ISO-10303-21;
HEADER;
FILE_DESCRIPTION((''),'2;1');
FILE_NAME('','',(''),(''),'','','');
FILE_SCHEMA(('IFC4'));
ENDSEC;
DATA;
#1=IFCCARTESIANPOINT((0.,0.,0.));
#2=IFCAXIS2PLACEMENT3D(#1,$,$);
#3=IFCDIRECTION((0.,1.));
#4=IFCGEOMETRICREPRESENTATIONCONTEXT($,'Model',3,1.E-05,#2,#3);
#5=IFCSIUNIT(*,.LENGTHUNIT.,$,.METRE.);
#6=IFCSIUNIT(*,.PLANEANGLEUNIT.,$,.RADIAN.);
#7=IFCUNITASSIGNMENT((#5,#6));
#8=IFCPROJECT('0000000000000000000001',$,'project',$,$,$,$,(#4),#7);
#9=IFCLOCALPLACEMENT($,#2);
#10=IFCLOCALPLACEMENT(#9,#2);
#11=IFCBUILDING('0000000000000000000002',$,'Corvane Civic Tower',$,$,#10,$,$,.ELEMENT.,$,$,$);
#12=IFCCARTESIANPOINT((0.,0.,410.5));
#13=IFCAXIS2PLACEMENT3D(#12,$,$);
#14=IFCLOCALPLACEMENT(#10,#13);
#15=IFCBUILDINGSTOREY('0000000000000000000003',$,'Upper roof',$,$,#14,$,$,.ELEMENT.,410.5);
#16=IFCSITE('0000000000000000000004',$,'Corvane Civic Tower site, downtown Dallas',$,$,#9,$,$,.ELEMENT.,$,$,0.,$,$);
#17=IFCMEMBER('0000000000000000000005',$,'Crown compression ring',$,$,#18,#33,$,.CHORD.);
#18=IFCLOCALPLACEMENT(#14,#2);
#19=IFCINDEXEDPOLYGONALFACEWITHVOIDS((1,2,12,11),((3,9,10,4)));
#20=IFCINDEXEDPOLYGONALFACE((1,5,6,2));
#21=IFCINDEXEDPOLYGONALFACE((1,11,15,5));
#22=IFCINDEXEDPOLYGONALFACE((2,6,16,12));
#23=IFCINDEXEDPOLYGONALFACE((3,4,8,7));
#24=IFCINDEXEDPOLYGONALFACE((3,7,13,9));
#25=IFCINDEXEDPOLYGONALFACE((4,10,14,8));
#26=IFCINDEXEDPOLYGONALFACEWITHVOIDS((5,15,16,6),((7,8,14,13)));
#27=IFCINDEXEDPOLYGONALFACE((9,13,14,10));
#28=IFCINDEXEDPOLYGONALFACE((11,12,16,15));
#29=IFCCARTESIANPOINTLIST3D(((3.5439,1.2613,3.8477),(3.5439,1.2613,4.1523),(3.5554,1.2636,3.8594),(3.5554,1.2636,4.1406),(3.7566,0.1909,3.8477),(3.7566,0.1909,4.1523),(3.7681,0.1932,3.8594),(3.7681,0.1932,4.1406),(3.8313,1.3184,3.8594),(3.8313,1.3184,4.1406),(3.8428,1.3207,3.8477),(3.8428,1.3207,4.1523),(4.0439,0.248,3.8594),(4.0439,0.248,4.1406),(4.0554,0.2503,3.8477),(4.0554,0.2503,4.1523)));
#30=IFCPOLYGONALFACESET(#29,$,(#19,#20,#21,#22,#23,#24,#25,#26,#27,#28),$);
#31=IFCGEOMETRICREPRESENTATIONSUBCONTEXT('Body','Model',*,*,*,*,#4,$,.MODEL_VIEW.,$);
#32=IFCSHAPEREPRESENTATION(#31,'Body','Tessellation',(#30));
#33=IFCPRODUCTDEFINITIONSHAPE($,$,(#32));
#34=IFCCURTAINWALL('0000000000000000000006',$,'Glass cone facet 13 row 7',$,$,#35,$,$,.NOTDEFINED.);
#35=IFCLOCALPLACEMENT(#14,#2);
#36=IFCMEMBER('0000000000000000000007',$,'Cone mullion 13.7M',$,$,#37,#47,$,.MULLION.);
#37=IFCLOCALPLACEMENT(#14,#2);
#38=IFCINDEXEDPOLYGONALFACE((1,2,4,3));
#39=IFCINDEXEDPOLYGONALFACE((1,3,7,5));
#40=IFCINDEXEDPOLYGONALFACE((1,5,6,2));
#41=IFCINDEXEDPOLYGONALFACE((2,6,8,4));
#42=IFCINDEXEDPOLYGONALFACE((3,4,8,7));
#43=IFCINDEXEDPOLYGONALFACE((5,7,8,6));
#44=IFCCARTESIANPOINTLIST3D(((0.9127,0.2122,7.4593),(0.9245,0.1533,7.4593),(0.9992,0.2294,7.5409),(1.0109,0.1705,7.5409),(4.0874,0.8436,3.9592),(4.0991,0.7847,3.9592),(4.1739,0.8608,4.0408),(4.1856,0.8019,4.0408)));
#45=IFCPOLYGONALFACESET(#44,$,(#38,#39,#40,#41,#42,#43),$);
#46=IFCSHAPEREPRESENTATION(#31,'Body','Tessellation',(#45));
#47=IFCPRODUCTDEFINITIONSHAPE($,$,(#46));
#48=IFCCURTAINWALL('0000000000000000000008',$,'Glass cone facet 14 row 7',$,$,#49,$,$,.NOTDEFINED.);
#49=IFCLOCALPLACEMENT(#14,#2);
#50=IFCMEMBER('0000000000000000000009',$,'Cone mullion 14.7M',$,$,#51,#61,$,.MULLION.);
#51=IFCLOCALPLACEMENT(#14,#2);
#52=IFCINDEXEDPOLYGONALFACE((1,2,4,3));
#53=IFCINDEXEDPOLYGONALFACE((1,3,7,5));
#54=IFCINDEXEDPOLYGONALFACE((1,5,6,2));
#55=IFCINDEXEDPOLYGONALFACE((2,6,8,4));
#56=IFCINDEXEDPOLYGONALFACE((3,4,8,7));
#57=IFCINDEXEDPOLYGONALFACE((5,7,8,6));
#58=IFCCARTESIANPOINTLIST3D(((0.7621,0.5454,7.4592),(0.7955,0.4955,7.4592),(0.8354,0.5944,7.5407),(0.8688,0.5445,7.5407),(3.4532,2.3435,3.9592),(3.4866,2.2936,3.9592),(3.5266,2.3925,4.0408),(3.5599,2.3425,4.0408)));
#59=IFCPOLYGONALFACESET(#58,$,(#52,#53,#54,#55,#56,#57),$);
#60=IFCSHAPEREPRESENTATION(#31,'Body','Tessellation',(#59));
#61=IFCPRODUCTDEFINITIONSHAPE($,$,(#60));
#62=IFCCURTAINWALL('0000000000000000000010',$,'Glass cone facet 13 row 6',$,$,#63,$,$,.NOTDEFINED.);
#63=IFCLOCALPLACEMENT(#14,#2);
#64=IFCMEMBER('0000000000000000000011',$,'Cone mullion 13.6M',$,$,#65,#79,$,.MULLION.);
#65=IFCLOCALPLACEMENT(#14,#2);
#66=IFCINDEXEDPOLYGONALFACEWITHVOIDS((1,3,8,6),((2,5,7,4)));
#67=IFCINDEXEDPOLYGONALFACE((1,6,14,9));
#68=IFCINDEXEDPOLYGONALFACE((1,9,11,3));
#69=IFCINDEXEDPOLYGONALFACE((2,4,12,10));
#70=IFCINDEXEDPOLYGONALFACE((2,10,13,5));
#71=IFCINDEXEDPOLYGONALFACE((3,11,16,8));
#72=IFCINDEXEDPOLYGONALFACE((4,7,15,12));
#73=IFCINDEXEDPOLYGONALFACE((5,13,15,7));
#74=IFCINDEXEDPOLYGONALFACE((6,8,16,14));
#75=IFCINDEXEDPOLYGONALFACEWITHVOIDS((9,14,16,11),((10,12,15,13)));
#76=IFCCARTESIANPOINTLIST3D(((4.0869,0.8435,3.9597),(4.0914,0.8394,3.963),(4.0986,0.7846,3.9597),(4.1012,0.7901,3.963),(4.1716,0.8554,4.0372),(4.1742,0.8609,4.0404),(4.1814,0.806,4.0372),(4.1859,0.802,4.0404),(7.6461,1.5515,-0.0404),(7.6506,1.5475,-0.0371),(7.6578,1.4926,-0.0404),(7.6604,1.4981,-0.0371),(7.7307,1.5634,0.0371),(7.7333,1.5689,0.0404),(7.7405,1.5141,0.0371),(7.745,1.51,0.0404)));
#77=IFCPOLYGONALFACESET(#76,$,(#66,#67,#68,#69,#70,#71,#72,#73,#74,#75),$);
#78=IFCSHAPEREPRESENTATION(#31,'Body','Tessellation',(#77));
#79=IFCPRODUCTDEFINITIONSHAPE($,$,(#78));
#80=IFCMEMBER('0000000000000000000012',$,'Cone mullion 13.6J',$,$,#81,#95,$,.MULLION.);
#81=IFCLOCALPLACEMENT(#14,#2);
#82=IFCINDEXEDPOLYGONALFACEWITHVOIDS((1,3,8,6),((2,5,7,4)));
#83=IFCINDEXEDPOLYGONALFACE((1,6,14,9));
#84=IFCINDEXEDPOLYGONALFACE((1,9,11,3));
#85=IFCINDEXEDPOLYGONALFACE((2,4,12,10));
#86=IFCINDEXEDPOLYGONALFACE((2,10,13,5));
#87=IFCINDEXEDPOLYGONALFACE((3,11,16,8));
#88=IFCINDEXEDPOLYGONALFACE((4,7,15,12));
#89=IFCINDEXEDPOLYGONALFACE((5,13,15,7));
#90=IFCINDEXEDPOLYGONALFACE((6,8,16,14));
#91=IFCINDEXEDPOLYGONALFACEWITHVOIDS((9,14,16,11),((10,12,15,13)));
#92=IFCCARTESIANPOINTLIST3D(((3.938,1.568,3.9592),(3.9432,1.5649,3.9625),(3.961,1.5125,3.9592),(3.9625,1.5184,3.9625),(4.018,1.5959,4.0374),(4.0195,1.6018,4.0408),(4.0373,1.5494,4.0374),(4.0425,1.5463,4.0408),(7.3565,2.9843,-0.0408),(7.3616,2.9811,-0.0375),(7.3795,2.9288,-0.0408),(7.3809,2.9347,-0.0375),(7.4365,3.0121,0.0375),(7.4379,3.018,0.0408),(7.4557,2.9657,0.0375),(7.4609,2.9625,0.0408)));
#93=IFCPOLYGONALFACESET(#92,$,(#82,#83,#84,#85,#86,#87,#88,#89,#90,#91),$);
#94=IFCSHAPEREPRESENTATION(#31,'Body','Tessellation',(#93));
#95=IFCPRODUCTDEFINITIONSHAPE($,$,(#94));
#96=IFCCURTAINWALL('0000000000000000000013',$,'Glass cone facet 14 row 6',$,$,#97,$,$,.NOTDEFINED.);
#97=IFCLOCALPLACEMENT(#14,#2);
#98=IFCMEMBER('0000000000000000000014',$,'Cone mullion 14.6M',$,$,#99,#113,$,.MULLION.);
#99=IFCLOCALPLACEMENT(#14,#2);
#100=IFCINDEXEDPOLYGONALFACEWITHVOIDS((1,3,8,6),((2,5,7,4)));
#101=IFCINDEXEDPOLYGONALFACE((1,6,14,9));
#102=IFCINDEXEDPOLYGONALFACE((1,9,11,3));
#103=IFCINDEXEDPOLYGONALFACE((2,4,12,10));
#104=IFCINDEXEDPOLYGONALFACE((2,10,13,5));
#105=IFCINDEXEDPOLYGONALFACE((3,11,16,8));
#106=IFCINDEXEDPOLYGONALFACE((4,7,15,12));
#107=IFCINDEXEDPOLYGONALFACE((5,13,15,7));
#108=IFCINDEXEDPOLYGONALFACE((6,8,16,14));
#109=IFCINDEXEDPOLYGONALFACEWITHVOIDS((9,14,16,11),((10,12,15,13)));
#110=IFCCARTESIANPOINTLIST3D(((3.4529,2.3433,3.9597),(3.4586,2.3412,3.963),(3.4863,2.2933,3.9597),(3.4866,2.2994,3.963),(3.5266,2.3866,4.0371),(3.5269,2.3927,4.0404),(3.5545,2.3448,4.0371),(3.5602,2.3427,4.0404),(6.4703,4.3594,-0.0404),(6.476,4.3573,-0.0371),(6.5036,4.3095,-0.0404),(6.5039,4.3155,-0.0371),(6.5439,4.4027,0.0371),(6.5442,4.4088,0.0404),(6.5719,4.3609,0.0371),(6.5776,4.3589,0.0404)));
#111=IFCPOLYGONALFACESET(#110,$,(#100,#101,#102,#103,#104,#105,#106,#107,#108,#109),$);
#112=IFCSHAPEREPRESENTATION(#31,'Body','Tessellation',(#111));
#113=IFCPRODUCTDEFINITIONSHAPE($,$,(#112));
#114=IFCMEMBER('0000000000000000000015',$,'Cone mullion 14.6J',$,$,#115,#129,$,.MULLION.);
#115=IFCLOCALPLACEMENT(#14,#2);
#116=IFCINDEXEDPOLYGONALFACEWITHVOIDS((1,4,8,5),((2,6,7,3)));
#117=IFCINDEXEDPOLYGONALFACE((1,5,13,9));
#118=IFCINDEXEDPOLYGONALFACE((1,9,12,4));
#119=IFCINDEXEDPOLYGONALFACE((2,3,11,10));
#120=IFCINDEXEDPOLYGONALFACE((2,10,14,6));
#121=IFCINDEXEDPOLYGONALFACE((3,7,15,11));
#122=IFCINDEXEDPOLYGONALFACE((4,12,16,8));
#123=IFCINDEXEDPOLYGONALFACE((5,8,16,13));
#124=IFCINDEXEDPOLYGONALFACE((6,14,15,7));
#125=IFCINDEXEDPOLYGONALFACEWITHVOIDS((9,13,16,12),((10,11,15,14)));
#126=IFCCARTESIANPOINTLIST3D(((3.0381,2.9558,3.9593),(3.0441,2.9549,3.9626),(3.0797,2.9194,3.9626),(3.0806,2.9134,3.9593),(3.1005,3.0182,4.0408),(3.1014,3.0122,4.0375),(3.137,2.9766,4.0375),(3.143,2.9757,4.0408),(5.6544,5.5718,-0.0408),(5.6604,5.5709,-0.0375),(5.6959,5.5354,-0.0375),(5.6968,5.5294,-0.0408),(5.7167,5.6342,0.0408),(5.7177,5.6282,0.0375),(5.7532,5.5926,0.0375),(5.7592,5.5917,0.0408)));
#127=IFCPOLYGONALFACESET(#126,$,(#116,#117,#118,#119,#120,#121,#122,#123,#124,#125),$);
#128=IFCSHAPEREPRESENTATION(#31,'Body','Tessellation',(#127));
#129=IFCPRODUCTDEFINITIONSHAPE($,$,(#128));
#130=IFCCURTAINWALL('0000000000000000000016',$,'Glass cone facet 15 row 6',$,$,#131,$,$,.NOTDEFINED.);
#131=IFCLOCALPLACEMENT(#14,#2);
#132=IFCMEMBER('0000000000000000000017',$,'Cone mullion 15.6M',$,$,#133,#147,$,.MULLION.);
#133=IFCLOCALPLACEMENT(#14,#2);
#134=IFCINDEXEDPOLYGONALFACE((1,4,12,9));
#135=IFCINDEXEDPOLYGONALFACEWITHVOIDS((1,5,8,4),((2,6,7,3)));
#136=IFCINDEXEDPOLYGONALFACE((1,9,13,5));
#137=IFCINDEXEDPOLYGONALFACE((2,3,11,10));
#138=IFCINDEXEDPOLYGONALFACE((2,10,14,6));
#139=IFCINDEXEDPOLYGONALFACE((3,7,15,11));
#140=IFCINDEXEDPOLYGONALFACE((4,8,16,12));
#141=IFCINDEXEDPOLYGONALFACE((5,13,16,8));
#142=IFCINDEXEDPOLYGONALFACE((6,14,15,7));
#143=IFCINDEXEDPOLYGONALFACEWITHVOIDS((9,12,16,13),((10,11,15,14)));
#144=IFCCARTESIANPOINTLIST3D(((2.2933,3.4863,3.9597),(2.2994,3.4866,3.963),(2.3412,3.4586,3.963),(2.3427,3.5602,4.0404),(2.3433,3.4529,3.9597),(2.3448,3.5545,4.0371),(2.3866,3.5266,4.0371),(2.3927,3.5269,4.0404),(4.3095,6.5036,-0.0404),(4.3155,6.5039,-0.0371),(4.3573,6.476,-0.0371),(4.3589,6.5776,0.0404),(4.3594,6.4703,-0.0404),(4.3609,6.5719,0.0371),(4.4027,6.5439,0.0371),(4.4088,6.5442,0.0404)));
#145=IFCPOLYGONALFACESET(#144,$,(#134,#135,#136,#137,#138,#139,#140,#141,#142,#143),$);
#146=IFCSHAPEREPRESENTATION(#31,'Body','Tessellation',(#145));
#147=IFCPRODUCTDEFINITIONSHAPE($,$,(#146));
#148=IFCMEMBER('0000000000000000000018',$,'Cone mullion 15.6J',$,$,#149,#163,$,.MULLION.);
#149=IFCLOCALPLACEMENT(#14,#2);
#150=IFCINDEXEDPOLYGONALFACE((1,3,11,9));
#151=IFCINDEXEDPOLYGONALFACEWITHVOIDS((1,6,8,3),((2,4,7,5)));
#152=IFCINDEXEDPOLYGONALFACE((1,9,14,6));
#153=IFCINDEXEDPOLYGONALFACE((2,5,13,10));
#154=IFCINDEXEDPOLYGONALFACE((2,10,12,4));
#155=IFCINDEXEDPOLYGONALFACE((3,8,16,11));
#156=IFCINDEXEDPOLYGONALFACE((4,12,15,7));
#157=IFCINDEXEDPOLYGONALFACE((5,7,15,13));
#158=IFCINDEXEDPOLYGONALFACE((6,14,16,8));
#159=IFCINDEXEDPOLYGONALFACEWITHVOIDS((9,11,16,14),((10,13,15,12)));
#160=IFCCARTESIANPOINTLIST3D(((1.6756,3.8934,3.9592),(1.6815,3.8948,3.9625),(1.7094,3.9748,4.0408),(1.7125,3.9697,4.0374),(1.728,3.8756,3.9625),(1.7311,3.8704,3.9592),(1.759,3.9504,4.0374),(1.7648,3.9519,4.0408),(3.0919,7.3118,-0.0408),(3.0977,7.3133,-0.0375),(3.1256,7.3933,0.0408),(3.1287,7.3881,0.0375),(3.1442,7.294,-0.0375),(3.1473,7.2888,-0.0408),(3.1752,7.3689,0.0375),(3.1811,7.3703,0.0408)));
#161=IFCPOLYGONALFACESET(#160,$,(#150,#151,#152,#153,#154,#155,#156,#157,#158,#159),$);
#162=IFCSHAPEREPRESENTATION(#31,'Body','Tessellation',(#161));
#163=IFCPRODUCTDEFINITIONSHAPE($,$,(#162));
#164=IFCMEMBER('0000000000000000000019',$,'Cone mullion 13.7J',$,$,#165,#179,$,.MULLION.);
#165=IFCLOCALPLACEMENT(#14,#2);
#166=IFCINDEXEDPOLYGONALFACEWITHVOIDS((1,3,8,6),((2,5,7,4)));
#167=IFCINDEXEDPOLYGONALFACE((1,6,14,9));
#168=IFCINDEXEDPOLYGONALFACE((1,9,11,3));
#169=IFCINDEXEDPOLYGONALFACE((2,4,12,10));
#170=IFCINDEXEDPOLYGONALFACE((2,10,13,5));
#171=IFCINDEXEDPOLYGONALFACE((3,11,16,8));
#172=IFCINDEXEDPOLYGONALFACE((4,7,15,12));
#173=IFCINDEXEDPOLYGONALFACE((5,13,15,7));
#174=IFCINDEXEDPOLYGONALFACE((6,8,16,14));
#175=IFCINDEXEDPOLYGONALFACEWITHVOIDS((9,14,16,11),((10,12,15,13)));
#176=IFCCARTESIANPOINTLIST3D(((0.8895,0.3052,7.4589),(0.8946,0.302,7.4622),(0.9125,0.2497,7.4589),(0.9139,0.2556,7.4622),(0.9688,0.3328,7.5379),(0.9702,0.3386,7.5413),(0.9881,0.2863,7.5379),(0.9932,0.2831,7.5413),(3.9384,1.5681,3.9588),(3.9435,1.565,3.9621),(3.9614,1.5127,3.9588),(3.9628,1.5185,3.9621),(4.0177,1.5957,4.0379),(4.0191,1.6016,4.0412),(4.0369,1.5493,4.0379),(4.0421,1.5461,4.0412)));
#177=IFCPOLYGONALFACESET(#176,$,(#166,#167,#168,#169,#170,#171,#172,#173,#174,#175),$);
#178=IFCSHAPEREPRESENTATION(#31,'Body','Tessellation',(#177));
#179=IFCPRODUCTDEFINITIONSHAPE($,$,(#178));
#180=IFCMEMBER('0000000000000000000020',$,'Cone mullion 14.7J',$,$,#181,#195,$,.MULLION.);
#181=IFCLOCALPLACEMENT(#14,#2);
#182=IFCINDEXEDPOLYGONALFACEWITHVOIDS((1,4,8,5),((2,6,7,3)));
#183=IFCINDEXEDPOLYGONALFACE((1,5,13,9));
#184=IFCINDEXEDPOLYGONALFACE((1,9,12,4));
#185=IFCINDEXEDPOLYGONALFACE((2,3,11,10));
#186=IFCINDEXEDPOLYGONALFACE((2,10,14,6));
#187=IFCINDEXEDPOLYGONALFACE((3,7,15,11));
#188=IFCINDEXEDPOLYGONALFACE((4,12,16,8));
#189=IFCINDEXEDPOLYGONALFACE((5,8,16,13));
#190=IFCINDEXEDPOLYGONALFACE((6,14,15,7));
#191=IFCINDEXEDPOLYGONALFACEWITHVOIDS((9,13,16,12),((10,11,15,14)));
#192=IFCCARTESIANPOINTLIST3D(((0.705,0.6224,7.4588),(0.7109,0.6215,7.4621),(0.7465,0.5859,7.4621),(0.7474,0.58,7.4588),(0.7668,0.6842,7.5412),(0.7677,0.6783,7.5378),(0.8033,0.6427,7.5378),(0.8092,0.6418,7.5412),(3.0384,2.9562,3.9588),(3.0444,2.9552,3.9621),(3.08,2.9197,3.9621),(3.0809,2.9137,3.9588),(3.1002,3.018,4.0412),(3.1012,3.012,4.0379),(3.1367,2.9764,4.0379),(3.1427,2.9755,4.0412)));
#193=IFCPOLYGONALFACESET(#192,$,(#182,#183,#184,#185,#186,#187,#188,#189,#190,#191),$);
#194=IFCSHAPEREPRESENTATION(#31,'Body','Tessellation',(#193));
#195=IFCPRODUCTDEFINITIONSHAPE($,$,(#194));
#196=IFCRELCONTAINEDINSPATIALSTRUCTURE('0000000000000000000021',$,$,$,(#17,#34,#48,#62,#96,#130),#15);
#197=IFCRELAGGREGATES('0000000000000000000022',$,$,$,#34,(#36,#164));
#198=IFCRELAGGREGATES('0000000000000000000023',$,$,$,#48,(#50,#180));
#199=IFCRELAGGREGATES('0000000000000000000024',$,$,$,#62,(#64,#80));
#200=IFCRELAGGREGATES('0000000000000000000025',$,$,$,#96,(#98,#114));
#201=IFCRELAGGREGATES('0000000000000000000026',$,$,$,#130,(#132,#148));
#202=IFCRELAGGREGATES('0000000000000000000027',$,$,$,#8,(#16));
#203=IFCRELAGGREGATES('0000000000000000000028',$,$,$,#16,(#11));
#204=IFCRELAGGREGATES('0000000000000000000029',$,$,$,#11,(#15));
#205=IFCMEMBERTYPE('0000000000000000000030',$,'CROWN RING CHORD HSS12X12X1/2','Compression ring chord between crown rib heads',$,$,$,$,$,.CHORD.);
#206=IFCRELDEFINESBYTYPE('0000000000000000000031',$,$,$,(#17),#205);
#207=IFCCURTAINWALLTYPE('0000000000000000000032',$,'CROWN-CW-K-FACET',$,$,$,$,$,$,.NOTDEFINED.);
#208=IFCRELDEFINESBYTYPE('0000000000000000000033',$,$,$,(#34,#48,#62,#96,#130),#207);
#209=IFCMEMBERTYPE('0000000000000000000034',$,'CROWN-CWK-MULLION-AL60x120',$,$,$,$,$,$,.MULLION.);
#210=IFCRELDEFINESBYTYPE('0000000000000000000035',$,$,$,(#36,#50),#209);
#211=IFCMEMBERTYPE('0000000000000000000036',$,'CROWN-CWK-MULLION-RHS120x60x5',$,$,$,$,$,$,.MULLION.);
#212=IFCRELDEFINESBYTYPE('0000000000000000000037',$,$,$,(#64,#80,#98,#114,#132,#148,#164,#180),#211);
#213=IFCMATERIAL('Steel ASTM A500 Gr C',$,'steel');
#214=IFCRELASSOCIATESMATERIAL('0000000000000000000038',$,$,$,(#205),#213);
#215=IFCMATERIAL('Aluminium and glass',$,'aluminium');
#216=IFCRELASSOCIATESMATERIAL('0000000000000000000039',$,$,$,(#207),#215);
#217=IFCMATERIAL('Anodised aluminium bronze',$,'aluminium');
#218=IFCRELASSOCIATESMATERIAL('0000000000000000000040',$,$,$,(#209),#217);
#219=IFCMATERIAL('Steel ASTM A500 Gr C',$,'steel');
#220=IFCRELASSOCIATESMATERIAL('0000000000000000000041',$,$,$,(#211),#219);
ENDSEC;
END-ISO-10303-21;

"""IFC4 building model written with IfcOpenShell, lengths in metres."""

from ifc_helpers import new_model, si_unit, direction, frame, origin, origin_2d, place, context, subcontext, project, spatial, rectangle, hollow_rectangle, extrude, material, material_profile, profile_set, type_object, element, aggregate, save


model = new_model("IFC4")

# Units and contexts
model_context = context("Model", 3, precision=1e-05, world=origin(), true_north=direction((0.0, 1.0)))
body_context = subcontext(model_context, "Body", "Model", "MODEL_VIEW")
ifc_project = project(units=[si_unit("LENGTHUNIT", "METRE"), si_unit("PLANEANGLEUNIT", "RADIAN")], contexts=[model_context])

# Site, building, storey
site_placement = place(None, origin())
site = spatial("IfcSite", under=ifc_project, at=site_placement, Name="Corvane Civic Tower site, downtown Dallas", CompositionType="ELEMENT", RefElevation=0.0)
building_placement = place(site_placement, origin())
building = spatial("IfcBuilding", under=site, at=building_placement, Name="Corvane Civic Tower", CompositionType="ELEMENT")
storey_placement = place(building_placement, frame((0.0, 0.0, 410.5)))
storey = spatial("IfcBuildingStorey", under=building, at=storey_placement, Name="Upper roof", CompositionType="ELEMENT", Elevation=410.5)

# Member
ifc_material_1 = material(Name="Steel ASTM A500 Gr C", Category="steel")
ifc_material_profile_1 = material_profile(ifc_material_1, hollow_rectangle(XDim=0.3047, YDim=0.3047, WallThickness=0.0117, at=origin_2d()), Name="HSS12X12X1/2")
ifc_profile_set_1 = profile_set([ifc_material_profile_1], Name="Steel ASTM A500 Gr C")
member_type_1 = type_object("IfcMemberType", Name="CROWN RING CHORD HSS12X12X1/2", Description="Compression ring chord between crown rib heads", PredefinedType="CHORD", material=ifc_profile_set_1)
member_1_placement = place(storey_placement, frame((3.6934, 1.291, 4.0), z_axis=(0.194868, -0.980829, 0.0), x_axis=(0.980829, 0.194868, 0.0)))
element("IfcMember", 1, at=member_1_placement, inside=storey, type_object=member_type_1, Name="Crown compression ring", PredefinedType="CHORD", context=body_context, shape_type="SweptSolid", body=[
    extrude(hollow_rectangle(XDim=0.3047, YDim=0.3047, WallThickness=0.0117, at=origin_2d()), origin(), (0.0, 0.0, 1.0), 1.0913),
])

# Curtain walls, members
ifc_material_2 = material(Name="Aluminium and glass", Category="aluminium")
curtain_wall_type = type_object("IfcCurtainWallType", Name="CROWN-CW-K-FACET", PredefinedType="NOTDEFINED", material=ifc_material_2)
curtain_wall_1_placement = place(storey_placement, origin())
curtain_wall_1 = element("IfcCurtainWall", 2, at=curtain_wall_1_placement, inside=storey, type_object=curtain_wall_type, Name="Glass cone facet 13 row 7", PredefinedType="NOTDEFINED")
ifc_material_3 = material(Name="Anodised aluminium bronze", Category="aluminium")
ifc_material_profile_2 = material_profile(ifc_material_3, rectangle(XDim=0.0601, YDim=0.1201, at=origin_2d()), Name="AL 60x120")
ifc_profile_set_2 = profile_set([ifc_material_profile_2], Name="Anodised aluminium bronze")
member_type_2 = type_object("IfcMemberType", Name="CROWN-CWK-MULLION-AL60x120", PredefinedType="MULLION", material=ifc_profile_set_2)
member_2_placement = place(storey_placement, frame((4.1365, 0.8228, 4.0), z_axis=(-0.665914, -0.132435, 0.73418), x_axis=(0.195057, -0.980792, 0.0)))
member_2 = element("IfcMember", 3, at=member_2_placement, type_object=member_type_2, Name="Cone mullion 13.7M", PredefinedType="MULLION", context=body_context, shape_type="SweptSolid", body=[
    extrude(rectangle(XDim=0.0601, YDim=0.1201, at=origin_2d()), origin(), (0.0, 0.0, 1.0), 4.7673),
])
curtain_wall_2_placement = place(storey_placement, origin())
curtain_wall_2 = element("IfcCurtainWall", 4, at=curtain_wall_2_placement, inside=storey, type_object=curtain_wall_type, Name="Glass cone facet 14 row 7", PredefinedType="NOTDEFINED")
member_3_placement = place(storey_placement, frame((3.5066, 2.343, 4.0), z_axis=(-0.564525, -0.377186, 0.734195), x_axis=(0.555553, -0.831481, 0.0)))
member_3 = element("IfcMember", 5, at=member_3_placement, type_object=member_type_2, Name="Cone mullion 14.7M", PredefinedType="MULLION", context=body_context, shape_type="SweptSolid", body=[
    extrude(rectangle(XDim=0.0601, YDim=0.1201, at=origin_2d()), origin(), (0.0, 0.0, 1.0), 4.7671),
])

# Curtain walls, members
curtain_wall_3_placement = place(storey_placement, origin())
curtain_wall_3 = element("IfcCurtainWall", 6, at=curtain_wall_3_placement, inside=storey, type_object=curtain_wall_type, Name="Glass cone facet 13 row 6", PredefinedType="NOTDEFINED")
ifc_material_4 = material(Name="Steel ASTM A500 Gr C", Category="steel")
ifc_material_profile_3 = material_profile(ifc_material_4, hollow_rectangle(XDim=0.0601, YDim=0.1201, WallThickness=0.0049, at=origin_2d()), Name="RHS 120x60x5")
ifc_profile_set_3 = profile_set([ifc_material_profile_3], Name="Steel ASTM A500 Gr C")
member_type_3 = type_object("IfcMemberType", Name="CROWN-CWK-MULLION-RHS120x60x5", PredefinedType="MULLION", material=ifc_profile_set_3)
member_4_placement = place(storey_placement, frame((7.6956, 1.5308, 0.0), z_axis=(-0.658995, -0.131094, 0.740635), x_axis=(0.195107, -0.980782, 0.0)))
member_4 = element("IfcMember", 7, at=member_4_placement, type_object=member_type_3, Name="Cone mullion 13.6M", PredefinedType="MULLION", context=body_context, shape_type="SweptSolid", body=[
    extrude(hollow_rectangle(XDim=0.0601, YDim=0.1201, WallThickness=0.0049, at=origin_2d()), origin(), (0.0, 0.0, 1.0), 5.4009),
])
member_5_placement = place(storey_placement, frame((7.4087, 2.9734, 0.0), z_axis=(-0.627355, -0.259912, 0.734079), x_axis=(0.38275, -0.923852, 0.0)))
member_5 = element("IfcMember", 8, at=member_5_placement, type_object=member_type_3, Name="Cone mullion 13.6J", PredefinedType="MULLION", context=body_context, shape_type="SweptSolid", body=[
    extrude(hollow_rectangle(XDim=0.0601, YDim=0.1201, WallThickness=0.0049, at=origin_2d()), origin(), (0.0, 0.0, 1.0), 5.449),
])
curtain_wall_4_placement = place(storey_placement, origin())
curtain_wall_4 = element("IfcCurtainWall", 9, at=curtain_wall_4_placement, inside=storey, type_object=curtain_wall_type, Name="Glass cone facet 14 row 6", PredefinedType="NOTDEFINED")
member_6_placement = place(storey_placement, frame((6.5239, 4.3591, 0.0), z_axis=(-0.558679, -0.373297, 0.740626), x_axis=(0.555569, -0.83147, 0.0)))
member_6 = element("IfcMember", 10, at=member_6_placement, type_object=member_type_3, Name="Cone mullion 14.6M", PredefinedType="MULLION", context=body_context, shape_type="SweptSolid", body=[
    extrude(hollow_rectangle(XDim=0.0601, YDim=0.1201, WallThickness=0.0049, at=origin_2d()), origin(), (0.0, 0.0, 1.0), 5.4009),
])
member_7_placement = place(storey_placement, frame((5.7068, 5.5818, 0.0), z_axis=(-0.480157, -0.480112, 0.734126), x_axis=(0.707074, -0.70714, 0.0)))
member_7 = element("IfcMember", 11, at=member_7_placement, type_object=member_type_3, Name="Cone mullion 14.6J", PredefinedType="MULLION", context=body_context, shape_type="SweptSolid", body=[
    extrude(hollow_rectangle(XDim=0.0601, YDim=0.1201, WallThickness=0.0049, at=origin_2d()), origin(), (0.0, 0.0, 1.0), 5.4487),
])
curtain_wall_5_placement = place(storey_placement, origin())
curtain_wall_5 = element("IfcCurtainWall", 12, at=curtain_wall_5_placement, inside=storey, type_object=curtain_wall_type, Name="Glass cone facet 15 row 6", PredefinedType="NOTDEFINED")
member_8_placement = place(storey_placement, frame((4.3591, 6.5239, 0.0), z_axis=(-0.373297, -0.558679, 0.740626), x_axis=(0.83147, -0.555569, 0.0)))
member_8 = element("IfcMember", 13, at=member_8_placement, type_object=member_type_3, Name="Cone mullion 15.6M", PredefinedType="MULLION", context=body_context, shape_type="SweptSolid", body=[
    extrude(hollow_rectangle(XDim=0.0601, YDim=0.1201, WallThickness=0.0049, at=origin_2d()), origin(), (0.0, 0.0, 1.0), 5.4009),
])
member_9_placement = place(storey_placement, frame((3.1365, 7.3411, 0.0), z_axis=(-0.259912, -0.627355, 0.734079), x_axis=(0.923852, -0.38275, 0.0)))
member_9 = element("IfcMember", 14, at=member_9_placement, type_object=member_type_3, Name="Cone mullion 15.6J", PredefinedType="MULLION", context=body_context, shape_type="SweptSolid", body=[
    extrude(hollow_rectangle(XDim=0.0601, YDim=0.1201, WallThickness=0.0049, at=origin_2d()), origin(), (0.0, 0.0, 1.0), 5.449),
])

# Members
member_10_placement = place(storey_placement, frame((3.9902, 1.5571, 4.0), z_axis=(-0.633794, -0.262541, 0.727584), x_axis=(0.382702, -0.923872, 0.0)))
member_10 = element("IfcMember", 15, at=member_10_placement, type_object=member_type_3, Name="Cone mullion 13.7J", PredefinedType="MULLION", context=body_context, shape_type="SweptSolid", body=[
    extrude(hollow_rectangle(XDim=0.0601, YDim=0.1201, WallThickness=0.0049, at=origin_2d()), origin(), (0.0, 0.0, 1.0), 4.8105),
])
member_11_placement = place(storey_placement, frame((3.0906, 2.9658, 4.0), z_axis=(-0.485077, -0.485128, 0.727565), x_axis=(0.707144, -0.70707, 0.0)))
member_11 = element("IfcMember", 16, at=member_11_placement, type_object=member_type_3, Name="Cone mullion 14.7J", PredefinedType="MULLION", context=body_context, shape_type="SweptSolid", body=[
    extrude(hollow_rectangle(XDim=0.0601, YDim=0.1201, WallThickness=0.0049, at=origin_2d()), origin(), (0.0, 0.0, 1.0), 4.8105),
])

aggregate(curtain_wall_1, [member_2, member_10])
aggregate(curtain_wall_2, [member_3, member_11])

aggregate(curtain_wall_3, [member_4, member_5])
aggregate(curtain_wall_4, [member_6, member_7])
aggregate(curtain_wall_5, [member_8, member_9])

save(model, "model.ifc")
